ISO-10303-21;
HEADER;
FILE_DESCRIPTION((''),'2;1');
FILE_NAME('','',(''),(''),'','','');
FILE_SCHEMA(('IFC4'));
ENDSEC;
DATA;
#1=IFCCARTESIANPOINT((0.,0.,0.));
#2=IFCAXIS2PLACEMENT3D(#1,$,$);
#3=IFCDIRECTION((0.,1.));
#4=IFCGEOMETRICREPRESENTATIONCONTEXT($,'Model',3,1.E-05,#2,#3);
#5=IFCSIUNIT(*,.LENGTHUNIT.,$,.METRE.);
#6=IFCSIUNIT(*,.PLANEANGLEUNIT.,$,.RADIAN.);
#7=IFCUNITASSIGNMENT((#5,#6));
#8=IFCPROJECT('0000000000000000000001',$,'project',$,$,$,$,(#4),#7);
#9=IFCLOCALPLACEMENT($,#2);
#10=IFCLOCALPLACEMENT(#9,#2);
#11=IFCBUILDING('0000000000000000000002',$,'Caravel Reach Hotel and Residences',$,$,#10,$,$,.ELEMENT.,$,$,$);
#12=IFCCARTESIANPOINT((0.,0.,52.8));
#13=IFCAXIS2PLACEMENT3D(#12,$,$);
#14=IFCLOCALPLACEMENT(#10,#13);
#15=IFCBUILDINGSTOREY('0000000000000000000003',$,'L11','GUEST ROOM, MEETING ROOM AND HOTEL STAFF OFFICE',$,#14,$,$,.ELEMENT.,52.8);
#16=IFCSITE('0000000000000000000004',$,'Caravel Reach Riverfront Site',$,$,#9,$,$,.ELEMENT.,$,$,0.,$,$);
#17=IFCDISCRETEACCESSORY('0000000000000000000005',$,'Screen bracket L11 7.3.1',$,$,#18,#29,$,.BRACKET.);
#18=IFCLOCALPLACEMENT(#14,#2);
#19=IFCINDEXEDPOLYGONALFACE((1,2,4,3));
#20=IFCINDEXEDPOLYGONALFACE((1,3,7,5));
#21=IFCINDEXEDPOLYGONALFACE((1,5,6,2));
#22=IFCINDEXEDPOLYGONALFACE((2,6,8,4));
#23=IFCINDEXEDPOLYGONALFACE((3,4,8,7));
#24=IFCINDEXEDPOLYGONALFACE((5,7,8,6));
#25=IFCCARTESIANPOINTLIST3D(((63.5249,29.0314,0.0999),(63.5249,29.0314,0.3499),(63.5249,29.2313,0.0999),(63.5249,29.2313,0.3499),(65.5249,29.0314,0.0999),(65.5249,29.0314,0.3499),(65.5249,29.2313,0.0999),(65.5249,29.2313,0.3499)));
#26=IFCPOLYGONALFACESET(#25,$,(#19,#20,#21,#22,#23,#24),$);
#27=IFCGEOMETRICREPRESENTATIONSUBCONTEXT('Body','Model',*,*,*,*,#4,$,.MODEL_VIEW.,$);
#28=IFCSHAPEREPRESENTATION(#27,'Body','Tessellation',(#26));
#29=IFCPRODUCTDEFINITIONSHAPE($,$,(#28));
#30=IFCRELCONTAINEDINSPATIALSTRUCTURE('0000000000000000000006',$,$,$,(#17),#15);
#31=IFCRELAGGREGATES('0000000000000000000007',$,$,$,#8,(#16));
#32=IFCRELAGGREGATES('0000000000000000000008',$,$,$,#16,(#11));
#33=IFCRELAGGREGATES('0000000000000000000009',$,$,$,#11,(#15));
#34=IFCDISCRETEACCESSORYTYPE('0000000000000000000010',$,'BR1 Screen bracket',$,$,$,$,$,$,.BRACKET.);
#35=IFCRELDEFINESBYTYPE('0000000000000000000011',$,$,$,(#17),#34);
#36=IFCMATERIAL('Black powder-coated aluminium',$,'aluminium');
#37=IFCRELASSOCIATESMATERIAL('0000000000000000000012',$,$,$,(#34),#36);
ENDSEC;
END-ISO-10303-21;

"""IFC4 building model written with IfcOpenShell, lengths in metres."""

from ifc_helpers import new_model, si_unit, direction, frame, origin, origin_2d, place, context, subcontext, project, spatial, rectangle, extrude, material, type_object, element, save


model = new_model("IFC4")

# Units and contexts
model_context = context("Model", 3, precision=1e-05, world=origin(), true_north=direction((0.0, 1.0)))
body_context = subcontext(model_context, "Body", "Model", "MODEL_VIEW")
ifc_project = project(units=[si_unit("LENGTHUNIT", "METRE"), si_unit("PLANEANGLEUNIT", "RADIAN")], contexts=[model_context])

# Site, building, storey
site_placement = place(None, origin())
site = spatial("IfcSite", under=ifc_project, at=site_placement, Name="Caravel Reach Riverfront Site", CompositionType="ELEMENT", RefElevation=0.0)
building_placement = place(site_placement, origin())
building = spatial("IfcBuilding", under=site, at=building_placement, Name="Caravel Reach Hotel and Residences", CompositionType="ELEMENT")
storey_placement = place(building_placement, frame((0.0, 0.0, 52.8)))
storey = spatial("IfcBuildingStorey", under=building, at=storey_placement, Name="L11", Description="GUEST ROOM, MEETING ROOM AND HOTEL STAFF OFFICE", CompositionType="ELEMENT", Elevation=52.8)

# Discrete accessory
ifc_material_1 = material(Name="Black powder-coated aluminium", Category="aluminium")
discrete_accessory_type = type_object("IfcDiscreteAccessoryType", Name="BR1 Screen bracket", PredefinedType="BRACKET", material=ifc_material_1)
discrete_accessory_placement = place(storey_placement, frame((64.5249, 29.1313, 0.0999), z_axis=(0.0, 0.0, 1.0), x_axis=(1.0, 0.0, 0.0)))
element("IfcDiscreteAccessory", 1, at=discrete_accessory_placement, inside=storey, type_object=discrete_accessory_type, Name="Screen bracket L11 7.3.1", PredefinedType="BRACKET", context=body_context, shape_type="SweptSolid", body=[
    extrude(rectangle(XDim=2.0, YDim=0.2, at=origin_2d()), origin(), (0.0, 0.0, 1.0), 0.25),
])

save(model, "model.ifc")
